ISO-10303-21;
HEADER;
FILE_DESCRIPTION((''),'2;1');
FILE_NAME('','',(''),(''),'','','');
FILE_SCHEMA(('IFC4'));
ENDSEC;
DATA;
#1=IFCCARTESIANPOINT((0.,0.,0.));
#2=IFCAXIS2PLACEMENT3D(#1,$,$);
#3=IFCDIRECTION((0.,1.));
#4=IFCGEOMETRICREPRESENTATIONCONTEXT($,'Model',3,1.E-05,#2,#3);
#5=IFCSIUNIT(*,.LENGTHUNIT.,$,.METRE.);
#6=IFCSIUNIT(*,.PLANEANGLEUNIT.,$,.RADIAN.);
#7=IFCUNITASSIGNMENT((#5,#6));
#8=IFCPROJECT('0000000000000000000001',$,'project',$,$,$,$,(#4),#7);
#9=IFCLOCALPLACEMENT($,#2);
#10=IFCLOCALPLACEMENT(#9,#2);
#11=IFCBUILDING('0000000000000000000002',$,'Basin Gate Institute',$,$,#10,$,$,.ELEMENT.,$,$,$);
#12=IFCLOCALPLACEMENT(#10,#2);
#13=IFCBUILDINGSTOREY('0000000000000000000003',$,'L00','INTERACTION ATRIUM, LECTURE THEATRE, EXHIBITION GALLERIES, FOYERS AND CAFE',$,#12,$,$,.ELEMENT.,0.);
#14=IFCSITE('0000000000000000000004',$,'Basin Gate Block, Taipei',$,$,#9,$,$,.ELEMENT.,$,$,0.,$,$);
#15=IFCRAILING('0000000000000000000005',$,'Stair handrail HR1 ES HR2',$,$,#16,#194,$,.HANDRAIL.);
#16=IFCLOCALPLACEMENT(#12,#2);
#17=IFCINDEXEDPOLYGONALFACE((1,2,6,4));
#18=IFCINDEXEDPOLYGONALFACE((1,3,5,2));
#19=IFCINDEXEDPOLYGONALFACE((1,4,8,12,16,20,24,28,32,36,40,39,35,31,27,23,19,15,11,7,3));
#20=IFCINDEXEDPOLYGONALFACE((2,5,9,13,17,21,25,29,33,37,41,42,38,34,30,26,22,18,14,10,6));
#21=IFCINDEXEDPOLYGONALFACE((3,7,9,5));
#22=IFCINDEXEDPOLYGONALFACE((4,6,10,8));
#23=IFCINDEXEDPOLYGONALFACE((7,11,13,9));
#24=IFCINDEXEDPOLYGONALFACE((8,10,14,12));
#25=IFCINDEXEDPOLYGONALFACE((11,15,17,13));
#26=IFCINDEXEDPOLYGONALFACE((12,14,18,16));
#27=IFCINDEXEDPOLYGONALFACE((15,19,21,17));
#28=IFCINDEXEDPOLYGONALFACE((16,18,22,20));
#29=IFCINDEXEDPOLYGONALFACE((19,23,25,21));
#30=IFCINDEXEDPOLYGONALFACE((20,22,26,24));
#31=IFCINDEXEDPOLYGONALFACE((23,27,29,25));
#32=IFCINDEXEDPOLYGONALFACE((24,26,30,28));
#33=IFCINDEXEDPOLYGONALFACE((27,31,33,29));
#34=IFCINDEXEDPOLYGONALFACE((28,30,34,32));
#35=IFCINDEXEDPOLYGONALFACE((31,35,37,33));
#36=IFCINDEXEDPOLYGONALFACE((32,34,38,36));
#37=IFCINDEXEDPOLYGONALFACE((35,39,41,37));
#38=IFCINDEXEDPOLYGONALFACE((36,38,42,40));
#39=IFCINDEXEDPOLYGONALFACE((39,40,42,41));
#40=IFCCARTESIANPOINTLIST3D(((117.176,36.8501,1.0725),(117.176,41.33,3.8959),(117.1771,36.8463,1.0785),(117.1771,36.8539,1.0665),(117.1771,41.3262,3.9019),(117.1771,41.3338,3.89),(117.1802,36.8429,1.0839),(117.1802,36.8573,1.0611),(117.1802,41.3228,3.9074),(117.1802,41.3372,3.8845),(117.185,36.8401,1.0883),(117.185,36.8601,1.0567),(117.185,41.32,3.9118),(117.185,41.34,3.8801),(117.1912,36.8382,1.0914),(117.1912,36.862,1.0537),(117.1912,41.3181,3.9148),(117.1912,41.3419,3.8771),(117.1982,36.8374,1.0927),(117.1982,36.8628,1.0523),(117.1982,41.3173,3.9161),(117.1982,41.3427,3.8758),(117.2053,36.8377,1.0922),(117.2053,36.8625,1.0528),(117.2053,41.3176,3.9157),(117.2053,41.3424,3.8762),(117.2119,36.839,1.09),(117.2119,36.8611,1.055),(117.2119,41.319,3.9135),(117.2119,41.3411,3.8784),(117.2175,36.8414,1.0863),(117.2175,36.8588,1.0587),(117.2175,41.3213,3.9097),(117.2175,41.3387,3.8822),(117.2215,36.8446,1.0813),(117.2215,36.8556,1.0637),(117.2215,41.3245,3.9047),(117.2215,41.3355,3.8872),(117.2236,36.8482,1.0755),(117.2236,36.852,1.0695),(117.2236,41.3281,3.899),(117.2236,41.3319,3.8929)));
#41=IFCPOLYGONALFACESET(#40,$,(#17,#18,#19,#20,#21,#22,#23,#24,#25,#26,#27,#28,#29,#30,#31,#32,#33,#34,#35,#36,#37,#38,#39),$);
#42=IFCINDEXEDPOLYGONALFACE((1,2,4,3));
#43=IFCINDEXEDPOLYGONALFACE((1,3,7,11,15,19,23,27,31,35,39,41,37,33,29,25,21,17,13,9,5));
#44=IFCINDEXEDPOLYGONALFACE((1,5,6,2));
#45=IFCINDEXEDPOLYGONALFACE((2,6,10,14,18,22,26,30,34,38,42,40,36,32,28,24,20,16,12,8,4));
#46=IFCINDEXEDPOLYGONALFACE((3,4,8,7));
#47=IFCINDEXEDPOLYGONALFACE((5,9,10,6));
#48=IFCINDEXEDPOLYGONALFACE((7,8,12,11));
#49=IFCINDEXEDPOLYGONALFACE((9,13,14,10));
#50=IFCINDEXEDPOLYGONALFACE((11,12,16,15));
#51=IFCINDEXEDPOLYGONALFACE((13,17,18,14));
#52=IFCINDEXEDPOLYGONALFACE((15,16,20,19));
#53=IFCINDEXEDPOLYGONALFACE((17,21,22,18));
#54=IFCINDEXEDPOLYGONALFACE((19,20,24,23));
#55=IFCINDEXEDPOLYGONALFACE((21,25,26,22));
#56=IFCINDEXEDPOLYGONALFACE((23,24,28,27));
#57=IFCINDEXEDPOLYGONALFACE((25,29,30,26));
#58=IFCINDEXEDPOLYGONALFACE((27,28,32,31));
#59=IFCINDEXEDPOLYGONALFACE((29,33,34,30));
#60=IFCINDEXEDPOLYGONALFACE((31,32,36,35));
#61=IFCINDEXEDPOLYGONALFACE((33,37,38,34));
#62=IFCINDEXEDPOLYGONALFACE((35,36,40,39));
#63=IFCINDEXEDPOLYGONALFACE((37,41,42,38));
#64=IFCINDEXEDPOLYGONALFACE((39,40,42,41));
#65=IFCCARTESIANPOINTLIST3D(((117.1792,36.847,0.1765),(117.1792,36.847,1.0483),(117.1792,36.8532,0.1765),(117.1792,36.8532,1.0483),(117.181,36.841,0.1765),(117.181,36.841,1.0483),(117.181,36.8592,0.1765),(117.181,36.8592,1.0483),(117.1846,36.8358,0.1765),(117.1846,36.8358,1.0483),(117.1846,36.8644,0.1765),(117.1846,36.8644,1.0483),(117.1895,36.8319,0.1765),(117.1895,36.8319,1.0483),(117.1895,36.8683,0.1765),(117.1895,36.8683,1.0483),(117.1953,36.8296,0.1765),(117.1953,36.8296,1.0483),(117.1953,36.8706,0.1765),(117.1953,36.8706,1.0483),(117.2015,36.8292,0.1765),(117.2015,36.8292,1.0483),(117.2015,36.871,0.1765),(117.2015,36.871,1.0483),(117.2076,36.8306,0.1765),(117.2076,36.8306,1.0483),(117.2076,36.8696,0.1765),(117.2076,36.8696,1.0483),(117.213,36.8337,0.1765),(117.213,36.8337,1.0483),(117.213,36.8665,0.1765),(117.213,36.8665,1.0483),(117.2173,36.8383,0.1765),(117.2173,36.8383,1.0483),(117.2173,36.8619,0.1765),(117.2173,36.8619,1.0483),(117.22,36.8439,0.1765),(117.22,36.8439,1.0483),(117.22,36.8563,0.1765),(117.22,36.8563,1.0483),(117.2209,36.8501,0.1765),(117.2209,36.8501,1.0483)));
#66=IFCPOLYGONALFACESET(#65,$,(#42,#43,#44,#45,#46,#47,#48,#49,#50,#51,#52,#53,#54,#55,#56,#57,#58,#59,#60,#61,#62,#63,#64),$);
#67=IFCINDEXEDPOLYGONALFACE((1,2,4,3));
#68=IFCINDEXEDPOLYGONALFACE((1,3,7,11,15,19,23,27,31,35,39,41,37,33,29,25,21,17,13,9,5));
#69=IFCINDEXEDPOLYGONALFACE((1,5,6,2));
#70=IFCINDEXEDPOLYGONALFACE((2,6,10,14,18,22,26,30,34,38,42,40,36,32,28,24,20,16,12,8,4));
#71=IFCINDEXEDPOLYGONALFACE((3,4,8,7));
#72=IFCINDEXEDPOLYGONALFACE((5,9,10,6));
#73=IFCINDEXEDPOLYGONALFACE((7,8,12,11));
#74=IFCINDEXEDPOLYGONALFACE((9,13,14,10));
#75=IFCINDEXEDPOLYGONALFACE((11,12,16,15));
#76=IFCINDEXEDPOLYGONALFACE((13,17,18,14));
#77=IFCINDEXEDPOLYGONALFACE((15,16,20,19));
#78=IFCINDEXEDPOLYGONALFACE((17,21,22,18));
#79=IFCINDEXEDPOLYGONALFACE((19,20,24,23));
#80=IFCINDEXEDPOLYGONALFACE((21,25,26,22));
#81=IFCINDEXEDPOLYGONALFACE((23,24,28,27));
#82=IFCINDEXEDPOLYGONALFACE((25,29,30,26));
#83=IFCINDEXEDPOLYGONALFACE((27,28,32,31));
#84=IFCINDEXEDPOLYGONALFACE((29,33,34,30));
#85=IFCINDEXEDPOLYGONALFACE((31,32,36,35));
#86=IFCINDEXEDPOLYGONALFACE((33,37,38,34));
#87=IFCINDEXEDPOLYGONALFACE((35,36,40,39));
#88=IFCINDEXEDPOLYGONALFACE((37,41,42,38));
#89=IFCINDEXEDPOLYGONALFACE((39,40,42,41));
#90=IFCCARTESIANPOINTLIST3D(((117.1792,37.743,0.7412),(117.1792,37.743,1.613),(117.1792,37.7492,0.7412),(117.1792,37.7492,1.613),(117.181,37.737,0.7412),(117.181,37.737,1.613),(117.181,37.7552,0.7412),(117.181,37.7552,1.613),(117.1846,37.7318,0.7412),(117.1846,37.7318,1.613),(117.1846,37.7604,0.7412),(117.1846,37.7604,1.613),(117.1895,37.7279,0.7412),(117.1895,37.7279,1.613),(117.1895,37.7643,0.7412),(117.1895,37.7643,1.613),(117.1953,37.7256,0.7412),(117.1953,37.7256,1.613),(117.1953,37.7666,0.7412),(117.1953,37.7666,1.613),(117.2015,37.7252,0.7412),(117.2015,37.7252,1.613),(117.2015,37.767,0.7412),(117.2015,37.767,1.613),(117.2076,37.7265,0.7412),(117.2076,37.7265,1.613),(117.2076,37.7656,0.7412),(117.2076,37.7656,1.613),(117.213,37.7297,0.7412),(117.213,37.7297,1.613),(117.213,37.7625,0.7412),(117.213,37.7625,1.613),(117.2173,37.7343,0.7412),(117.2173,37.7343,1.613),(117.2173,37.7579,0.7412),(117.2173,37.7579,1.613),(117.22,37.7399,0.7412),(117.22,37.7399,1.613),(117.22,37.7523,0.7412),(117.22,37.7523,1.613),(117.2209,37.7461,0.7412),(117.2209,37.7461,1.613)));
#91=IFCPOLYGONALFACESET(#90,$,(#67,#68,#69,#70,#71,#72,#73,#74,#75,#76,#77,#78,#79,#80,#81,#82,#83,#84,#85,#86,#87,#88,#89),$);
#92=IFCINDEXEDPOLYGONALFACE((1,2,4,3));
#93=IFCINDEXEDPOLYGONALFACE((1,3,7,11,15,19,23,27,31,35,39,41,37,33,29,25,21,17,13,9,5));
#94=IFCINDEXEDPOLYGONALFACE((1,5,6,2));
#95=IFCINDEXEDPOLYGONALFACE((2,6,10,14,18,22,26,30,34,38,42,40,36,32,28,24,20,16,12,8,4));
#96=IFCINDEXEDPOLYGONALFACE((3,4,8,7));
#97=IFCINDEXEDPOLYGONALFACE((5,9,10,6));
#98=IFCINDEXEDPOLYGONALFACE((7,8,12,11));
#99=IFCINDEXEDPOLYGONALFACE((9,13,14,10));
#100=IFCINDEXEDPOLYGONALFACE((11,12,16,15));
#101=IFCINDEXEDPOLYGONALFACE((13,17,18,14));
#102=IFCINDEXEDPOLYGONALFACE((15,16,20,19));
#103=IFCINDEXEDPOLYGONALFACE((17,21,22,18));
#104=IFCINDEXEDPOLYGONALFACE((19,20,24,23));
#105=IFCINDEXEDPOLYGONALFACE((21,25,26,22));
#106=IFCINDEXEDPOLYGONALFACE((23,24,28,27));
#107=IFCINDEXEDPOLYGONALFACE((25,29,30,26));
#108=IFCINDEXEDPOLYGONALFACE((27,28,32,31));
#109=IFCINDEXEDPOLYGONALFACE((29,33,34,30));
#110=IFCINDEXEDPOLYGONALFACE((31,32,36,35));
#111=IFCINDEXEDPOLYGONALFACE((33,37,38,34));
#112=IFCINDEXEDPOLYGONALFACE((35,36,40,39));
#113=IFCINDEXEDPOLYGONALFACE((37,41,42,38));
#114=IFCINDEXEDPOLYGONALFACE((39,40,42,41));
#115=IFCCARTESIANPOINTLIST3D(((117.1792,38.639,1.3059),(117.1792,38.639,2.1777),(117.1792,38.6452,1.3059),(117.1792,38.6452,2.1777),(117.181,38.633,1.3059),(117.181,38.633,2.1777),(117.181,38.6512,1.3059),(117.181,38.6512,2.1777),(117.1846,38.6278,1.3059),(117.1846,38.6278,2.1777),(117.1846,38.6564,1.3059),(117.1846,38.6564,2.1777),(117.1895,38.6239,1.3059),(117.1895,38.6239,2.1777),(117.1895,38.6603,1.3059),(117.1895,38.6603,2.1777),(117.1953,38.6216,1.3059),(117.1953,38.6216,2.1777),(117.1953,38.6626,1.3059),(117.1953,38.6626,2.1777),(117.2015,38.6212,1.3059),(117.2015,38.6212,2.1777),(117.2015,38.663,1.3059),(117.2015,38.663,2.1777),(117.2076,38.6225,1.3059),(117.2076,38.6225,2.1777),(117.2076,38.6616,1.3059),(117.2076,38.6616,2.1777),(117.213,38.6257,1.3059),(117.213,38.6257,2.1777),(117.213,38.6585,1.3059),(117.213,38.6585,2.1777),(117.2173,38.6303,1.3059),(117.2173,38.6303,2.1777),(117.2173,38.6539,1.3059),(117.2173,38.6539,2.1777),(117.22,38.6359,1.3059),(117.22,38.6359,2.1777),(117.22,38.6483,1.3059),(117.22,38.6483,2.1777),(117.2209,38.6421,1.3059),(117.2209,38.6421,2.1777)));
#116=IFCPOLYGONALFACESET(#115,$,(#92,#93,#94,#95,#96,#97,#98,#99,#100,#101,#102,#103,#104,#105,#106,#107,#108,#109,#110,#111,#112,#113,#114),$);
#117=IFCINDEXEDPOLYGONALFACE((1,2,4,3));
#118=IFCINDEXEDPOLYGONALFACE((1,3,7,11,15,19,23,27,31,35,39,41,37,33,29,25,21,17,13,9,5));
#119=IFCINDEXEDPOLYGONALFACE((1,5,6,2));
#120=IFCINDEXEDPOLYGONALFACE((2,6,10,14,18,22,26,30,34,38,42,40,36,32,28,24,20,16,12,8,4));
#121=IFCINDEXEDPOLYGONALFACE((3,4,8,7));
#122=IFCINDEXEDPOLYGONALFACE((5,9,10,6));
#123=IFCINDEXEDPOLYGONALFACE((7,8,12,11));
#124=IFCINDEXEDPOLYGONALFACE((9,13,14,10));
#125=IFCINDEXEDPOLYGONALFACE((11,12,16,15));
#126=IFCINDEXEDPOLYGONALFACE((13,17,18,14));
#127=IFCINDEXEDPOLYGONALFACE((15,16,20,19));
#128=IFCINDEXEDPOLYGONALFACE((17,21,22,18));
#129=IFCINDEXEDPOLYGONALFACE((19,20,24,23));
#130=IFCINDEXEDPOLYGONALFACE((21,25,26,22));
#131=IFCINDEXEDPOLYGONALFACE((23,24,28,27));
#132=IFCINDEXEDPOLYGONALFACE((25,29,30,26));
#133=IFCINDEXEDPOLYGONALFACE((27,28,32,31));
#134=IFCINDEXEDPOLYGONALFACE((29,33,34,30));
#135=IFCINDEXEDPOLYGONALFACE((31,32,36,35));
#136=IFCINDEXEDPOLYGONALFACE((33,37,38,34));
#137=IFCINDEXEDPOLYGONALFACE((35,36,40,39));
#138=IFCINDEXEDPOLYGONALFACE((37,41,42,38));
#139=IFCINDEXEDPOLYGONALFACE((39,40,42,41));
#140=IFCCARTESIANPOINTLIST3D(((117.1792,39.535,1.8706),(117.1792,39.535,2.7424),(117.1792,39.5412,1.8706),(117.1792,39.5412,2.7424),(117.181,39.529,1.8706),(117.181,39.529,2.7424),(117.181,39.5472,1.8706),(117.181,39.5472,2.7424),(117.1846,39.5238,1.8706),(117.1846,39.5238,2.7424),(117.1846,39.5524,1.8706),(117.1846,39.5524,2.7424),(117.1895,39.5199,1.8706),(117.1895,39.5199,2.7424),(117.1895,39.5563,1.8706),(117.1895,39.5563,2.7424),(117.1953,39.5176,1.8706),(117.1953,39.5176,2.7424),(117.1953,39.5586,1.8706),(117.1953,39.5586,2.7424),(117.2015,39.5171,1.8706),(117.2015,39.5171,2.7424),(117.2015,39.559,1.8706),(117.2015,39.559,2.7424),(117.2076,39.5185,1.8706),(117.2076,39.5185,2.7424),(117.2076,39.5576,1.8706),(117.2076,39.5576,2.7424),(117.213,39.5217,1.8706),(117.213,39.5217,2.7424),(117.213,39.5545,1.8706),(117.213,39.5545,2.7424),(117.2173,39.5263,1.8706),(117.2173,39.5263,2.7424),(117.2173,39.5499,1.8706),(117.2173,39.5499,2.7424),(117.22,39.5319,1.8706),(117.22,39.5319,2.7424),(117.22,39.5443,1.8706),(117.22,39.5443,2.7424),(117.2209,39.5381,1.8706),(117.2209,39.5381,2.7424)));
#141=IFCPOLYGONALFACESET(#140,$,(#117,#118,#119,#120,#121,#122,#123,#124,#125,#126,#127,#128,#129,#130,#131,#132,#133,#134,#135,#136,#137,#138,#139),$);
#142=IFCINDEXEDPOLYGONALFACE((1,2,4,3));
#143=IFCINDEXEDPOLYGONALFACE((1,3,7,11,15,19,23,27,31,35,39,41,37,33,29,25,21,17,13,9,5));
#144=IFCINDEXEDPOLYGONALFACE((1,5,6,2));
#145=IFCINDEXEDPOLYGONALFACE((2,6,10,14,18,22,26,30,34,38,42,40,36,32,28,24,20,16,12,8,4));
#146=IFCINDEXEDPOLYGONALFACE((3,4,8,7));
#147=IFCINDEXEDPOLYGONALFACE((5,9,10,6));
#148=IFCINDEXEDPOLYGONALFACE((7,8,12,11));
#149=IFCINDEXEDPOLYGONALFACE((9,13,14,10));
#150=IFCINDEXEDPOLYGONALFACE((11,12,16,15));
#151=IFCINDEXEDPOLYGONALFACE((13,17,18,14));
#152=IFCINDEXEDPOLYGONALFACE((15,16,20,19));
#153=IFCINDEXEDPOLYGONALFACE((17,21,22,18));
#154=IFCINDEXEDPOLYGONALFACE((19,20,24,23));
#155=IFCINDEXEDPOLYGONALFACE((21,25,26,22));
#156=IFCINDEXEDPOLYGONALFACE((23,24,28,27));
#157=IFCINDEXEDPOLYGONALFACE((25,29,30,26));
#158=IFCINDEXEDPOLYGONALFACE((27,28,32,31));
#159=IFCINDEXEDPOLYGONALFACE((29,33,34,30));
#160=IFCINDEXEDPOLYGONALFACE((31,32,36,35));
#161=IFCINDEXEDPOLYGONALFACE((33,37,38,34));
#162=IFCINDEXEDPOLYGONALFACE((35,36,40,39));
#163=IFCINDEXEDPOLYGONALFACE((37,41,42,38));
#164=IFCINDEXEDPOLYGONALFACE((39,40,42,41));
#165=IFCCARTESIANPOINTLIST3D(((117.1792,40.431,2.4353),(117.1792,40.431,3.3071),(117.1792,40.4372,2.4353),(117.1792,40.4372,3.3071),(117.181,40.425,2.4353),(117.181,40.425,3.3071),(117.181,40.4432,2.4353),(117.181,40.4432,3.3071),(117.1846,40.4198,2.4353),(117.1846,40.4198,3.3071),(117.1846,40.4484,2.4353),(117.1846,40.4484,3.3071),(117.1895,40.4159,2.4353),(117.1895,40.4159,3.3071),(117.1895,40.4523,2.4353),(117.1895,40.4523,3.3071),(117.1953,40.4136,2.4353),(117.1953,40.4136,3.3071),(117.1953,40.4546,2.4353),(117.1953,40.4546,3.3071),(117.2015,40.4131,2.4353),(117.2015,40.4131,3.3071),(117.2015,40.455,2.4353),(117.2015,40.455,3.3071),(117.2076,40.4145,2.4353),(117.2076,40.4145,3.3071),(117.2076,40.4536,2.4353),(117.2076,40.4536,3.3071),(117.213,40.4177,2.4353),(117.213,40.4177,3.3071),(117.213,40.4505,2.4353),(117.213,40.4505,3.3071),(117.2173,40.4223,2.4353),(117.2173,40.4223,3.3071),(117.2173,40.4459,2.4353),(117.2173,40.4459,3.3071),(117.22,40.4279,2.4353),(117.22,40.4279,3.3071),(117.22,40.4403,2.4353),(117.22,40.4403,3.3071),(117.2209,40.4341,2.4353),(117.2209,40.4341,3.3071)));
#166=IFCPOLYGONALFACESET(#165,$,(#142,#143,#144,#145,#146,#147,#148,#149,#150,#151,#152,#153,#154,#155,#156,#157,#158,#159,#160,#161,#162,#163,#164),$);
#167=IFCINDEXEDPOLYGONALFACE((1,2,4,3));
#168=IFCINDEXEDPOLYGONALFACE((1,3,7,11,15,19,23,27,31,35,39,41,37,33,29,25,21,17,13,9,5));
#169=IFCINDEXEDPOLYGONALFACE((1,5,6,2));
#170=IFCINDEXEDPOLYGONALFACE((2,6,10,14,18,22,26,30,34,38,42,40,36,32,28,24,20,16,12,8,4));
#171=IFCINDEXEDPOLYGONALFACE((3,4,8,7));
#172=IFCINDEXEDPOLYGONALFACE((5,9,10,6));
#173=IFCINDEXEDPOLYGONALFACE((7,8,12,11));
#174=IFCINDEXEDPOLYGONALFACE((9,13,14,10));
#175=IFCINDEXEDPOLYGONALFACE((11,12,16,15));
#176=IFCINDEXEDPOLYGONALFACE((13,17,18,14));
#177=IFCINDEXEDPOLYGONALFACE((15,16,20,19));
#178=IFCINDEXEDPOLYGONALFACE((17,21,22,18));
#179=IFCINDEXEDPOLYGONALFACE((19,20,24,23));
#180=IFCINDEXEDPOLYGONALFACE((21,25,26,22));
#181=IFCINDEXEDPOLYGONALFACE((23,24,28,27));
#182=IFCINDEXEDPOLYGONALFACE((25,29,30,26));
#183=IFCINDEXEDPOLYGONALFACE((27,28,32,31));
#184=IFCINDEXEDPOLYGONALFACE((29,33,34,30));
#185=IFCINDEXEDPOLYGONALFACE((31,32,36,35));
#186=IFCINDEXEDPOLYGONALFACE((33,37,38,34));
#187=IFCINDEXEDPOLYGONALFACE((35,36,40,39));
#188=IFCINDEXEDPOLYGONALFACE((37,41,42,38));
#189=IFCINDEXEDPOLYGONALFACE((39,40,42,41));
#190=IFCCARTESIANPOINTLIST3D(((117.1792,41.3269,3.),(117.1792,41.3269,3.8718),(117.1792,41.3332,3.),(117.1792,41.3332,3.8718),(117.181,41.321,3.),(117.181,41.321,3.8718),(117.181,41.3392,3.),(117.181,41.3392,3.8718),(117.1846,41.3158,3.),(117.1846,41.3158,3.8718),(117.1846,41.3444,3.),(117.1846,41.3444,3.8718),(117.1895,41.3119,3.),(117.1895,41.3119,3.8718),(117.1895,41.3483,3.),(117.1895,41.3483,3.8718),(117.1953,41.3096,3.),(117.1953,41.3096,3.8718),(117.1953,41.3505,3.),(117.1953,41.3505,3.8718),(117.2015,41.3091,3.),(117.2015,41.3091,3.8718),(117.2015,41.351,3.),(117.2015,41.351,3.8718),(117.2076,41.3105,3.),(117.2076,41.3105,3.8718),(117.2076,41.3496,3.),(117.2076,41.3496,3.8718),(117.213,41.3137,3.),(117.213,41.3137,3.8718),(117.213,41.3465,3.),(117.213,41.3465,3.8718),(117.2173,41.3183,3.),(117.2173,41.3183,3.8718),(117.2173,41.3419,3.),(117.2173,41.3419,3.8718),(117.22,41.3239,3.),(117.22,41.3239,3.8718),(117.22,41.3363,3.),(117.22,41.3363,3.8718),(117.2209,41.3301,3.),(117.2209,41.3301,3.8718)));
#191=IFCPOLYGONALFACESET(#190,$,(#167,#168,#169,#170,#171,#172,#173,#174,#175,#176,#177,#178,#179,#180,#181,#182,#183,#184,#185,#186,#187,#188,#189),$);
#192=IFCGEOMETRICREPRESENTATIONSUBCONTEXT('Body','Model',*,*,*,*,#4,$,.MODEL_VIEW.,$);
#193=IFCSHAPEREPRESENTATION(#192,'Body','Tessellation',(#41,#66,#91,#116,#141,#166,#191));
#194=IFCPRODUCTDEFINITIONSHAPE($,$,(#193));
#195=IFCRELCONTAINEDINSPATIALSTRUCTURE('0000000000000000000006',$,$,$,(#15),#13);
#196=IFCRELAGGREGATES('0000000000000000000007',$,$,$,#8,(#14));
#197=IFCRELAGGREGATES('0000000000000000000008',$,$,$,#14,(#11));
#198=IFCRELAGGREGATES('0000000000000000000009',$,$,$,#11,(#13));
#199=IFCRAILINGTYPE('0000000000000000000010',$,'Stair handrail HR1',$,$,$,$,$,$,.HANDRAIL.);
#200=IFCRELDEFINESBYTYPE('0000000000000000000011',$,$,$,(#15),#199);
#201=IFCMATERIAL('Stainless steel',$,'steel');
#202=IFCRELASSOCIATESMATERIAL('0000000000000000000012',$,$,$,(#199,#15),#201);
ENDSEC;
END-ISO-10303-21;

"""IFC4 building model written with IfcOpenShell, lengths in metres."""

from ifc_helpers import new_model, si_unit, direction, frame, origin, origin_2d, place, context, subcontext, project, spatial, circle, extrude, material, type_object, element, save


model = new_model("IFC4")

# Units and contexts
model_context = context("Model", 3, precision=1e-05, world=origin(), true_north=direction((0.0, 1.0)))
body_context = subcontext(model_context, "Body", "Model", "MODEL_VIEW")
ifc_project = project(units=[si_unit("LENGTHUNIT", "METRE"), si_unit("PLANEANGLEUNIT", "RADIAN")], contexts=[model_context])

# Site, building, storey
site_placement = place(None, origin())
site = spatial("IfcSite", under=ifc_project, at=site_placement, Name="Basin Gate Block, Taipei", CompositionType="ELEMENT", RefElevation=0.0)
building_placement = place(site_placement, origin())
building = spatial("IfcBuilding", under=site, at=building_placement, Name="Basin Gate Institute", CompositionType="ELEMENT")
storey_placement = place(building_placement, origin())
storey = spatial("IfcBuildingStorey", under=building, at=storey_placement, Name="L00", Description="INTERACTION ATRIUM, LECTURE THEATRE, EXHIBITION GALLERIES, FOYERS AND CAFE", CompositionType="ELEMENT", Elevation=0.0)

# Railing
ifc_material_1 = material(Name="Stainless steel", Category="steel")
railing_type_1 = type_object("IfcRailingType", Name="Stair handrail HR1", PredefinedType="HANDRAIL", material=ifc_material_1)
for number, where, name in (
    (1, (117.2, 36.8501, 0.1765), "Stair handrail HR1 ES HR2"),
):
    element("IfcRailing", number, at=place(storey_placement, frame(where)), inside=storey, type_object=railing_type_1, material=ifc_material_1, Name=name, PredefinedType="HANDRAIL", context=body_context, shape_type="SweptSolid", body=[
        extrude(circle(Radius=0.0239, at=origin_2d()), frame((0.0, 0.0, 0.896), z_axis=(0.0, 0.845998, 0.533186), x_axis=(-1.0, 0.0, 0.0)), (0.0, 0.0, 1.0), 5.2954),
        extrude(circle(Radius=0.021, at=origin_2d()), origin(), (0.0, 0.0, 1.0), 0.8718),
        extrude(circle(Radius=0.021, at=origin_2d()), frame((0.0, 0.896, 0.5647)), (0.0, 0.0, 1.0), 0.8718),
        extrude(circle(Radius=0.021, at=origin_2d()), frame((0.0, 1.792, 1.1294)), (0.0, 0.0, 1.0), 0.8718),
        extrude(circle(Radius=0.021, at=origin_2d()), frame((0.0, 2.688, 1.6941)), (0.0, 0.0, 1.0), 0.8718),
        extrude(circle(Radius=0.021, at=origin_2d()), frame((0.0, 3.584, 2.2588)), (0.0, 0.0, 1.0), 0.8718),
        extrude(circle(Radius=0.021, at=origin_2d()), frame((0.0, 4.48, 2.8235)), (0.0, 0.0, 1.0), 0.8718),
    ])

save(model, "model.ifc")
